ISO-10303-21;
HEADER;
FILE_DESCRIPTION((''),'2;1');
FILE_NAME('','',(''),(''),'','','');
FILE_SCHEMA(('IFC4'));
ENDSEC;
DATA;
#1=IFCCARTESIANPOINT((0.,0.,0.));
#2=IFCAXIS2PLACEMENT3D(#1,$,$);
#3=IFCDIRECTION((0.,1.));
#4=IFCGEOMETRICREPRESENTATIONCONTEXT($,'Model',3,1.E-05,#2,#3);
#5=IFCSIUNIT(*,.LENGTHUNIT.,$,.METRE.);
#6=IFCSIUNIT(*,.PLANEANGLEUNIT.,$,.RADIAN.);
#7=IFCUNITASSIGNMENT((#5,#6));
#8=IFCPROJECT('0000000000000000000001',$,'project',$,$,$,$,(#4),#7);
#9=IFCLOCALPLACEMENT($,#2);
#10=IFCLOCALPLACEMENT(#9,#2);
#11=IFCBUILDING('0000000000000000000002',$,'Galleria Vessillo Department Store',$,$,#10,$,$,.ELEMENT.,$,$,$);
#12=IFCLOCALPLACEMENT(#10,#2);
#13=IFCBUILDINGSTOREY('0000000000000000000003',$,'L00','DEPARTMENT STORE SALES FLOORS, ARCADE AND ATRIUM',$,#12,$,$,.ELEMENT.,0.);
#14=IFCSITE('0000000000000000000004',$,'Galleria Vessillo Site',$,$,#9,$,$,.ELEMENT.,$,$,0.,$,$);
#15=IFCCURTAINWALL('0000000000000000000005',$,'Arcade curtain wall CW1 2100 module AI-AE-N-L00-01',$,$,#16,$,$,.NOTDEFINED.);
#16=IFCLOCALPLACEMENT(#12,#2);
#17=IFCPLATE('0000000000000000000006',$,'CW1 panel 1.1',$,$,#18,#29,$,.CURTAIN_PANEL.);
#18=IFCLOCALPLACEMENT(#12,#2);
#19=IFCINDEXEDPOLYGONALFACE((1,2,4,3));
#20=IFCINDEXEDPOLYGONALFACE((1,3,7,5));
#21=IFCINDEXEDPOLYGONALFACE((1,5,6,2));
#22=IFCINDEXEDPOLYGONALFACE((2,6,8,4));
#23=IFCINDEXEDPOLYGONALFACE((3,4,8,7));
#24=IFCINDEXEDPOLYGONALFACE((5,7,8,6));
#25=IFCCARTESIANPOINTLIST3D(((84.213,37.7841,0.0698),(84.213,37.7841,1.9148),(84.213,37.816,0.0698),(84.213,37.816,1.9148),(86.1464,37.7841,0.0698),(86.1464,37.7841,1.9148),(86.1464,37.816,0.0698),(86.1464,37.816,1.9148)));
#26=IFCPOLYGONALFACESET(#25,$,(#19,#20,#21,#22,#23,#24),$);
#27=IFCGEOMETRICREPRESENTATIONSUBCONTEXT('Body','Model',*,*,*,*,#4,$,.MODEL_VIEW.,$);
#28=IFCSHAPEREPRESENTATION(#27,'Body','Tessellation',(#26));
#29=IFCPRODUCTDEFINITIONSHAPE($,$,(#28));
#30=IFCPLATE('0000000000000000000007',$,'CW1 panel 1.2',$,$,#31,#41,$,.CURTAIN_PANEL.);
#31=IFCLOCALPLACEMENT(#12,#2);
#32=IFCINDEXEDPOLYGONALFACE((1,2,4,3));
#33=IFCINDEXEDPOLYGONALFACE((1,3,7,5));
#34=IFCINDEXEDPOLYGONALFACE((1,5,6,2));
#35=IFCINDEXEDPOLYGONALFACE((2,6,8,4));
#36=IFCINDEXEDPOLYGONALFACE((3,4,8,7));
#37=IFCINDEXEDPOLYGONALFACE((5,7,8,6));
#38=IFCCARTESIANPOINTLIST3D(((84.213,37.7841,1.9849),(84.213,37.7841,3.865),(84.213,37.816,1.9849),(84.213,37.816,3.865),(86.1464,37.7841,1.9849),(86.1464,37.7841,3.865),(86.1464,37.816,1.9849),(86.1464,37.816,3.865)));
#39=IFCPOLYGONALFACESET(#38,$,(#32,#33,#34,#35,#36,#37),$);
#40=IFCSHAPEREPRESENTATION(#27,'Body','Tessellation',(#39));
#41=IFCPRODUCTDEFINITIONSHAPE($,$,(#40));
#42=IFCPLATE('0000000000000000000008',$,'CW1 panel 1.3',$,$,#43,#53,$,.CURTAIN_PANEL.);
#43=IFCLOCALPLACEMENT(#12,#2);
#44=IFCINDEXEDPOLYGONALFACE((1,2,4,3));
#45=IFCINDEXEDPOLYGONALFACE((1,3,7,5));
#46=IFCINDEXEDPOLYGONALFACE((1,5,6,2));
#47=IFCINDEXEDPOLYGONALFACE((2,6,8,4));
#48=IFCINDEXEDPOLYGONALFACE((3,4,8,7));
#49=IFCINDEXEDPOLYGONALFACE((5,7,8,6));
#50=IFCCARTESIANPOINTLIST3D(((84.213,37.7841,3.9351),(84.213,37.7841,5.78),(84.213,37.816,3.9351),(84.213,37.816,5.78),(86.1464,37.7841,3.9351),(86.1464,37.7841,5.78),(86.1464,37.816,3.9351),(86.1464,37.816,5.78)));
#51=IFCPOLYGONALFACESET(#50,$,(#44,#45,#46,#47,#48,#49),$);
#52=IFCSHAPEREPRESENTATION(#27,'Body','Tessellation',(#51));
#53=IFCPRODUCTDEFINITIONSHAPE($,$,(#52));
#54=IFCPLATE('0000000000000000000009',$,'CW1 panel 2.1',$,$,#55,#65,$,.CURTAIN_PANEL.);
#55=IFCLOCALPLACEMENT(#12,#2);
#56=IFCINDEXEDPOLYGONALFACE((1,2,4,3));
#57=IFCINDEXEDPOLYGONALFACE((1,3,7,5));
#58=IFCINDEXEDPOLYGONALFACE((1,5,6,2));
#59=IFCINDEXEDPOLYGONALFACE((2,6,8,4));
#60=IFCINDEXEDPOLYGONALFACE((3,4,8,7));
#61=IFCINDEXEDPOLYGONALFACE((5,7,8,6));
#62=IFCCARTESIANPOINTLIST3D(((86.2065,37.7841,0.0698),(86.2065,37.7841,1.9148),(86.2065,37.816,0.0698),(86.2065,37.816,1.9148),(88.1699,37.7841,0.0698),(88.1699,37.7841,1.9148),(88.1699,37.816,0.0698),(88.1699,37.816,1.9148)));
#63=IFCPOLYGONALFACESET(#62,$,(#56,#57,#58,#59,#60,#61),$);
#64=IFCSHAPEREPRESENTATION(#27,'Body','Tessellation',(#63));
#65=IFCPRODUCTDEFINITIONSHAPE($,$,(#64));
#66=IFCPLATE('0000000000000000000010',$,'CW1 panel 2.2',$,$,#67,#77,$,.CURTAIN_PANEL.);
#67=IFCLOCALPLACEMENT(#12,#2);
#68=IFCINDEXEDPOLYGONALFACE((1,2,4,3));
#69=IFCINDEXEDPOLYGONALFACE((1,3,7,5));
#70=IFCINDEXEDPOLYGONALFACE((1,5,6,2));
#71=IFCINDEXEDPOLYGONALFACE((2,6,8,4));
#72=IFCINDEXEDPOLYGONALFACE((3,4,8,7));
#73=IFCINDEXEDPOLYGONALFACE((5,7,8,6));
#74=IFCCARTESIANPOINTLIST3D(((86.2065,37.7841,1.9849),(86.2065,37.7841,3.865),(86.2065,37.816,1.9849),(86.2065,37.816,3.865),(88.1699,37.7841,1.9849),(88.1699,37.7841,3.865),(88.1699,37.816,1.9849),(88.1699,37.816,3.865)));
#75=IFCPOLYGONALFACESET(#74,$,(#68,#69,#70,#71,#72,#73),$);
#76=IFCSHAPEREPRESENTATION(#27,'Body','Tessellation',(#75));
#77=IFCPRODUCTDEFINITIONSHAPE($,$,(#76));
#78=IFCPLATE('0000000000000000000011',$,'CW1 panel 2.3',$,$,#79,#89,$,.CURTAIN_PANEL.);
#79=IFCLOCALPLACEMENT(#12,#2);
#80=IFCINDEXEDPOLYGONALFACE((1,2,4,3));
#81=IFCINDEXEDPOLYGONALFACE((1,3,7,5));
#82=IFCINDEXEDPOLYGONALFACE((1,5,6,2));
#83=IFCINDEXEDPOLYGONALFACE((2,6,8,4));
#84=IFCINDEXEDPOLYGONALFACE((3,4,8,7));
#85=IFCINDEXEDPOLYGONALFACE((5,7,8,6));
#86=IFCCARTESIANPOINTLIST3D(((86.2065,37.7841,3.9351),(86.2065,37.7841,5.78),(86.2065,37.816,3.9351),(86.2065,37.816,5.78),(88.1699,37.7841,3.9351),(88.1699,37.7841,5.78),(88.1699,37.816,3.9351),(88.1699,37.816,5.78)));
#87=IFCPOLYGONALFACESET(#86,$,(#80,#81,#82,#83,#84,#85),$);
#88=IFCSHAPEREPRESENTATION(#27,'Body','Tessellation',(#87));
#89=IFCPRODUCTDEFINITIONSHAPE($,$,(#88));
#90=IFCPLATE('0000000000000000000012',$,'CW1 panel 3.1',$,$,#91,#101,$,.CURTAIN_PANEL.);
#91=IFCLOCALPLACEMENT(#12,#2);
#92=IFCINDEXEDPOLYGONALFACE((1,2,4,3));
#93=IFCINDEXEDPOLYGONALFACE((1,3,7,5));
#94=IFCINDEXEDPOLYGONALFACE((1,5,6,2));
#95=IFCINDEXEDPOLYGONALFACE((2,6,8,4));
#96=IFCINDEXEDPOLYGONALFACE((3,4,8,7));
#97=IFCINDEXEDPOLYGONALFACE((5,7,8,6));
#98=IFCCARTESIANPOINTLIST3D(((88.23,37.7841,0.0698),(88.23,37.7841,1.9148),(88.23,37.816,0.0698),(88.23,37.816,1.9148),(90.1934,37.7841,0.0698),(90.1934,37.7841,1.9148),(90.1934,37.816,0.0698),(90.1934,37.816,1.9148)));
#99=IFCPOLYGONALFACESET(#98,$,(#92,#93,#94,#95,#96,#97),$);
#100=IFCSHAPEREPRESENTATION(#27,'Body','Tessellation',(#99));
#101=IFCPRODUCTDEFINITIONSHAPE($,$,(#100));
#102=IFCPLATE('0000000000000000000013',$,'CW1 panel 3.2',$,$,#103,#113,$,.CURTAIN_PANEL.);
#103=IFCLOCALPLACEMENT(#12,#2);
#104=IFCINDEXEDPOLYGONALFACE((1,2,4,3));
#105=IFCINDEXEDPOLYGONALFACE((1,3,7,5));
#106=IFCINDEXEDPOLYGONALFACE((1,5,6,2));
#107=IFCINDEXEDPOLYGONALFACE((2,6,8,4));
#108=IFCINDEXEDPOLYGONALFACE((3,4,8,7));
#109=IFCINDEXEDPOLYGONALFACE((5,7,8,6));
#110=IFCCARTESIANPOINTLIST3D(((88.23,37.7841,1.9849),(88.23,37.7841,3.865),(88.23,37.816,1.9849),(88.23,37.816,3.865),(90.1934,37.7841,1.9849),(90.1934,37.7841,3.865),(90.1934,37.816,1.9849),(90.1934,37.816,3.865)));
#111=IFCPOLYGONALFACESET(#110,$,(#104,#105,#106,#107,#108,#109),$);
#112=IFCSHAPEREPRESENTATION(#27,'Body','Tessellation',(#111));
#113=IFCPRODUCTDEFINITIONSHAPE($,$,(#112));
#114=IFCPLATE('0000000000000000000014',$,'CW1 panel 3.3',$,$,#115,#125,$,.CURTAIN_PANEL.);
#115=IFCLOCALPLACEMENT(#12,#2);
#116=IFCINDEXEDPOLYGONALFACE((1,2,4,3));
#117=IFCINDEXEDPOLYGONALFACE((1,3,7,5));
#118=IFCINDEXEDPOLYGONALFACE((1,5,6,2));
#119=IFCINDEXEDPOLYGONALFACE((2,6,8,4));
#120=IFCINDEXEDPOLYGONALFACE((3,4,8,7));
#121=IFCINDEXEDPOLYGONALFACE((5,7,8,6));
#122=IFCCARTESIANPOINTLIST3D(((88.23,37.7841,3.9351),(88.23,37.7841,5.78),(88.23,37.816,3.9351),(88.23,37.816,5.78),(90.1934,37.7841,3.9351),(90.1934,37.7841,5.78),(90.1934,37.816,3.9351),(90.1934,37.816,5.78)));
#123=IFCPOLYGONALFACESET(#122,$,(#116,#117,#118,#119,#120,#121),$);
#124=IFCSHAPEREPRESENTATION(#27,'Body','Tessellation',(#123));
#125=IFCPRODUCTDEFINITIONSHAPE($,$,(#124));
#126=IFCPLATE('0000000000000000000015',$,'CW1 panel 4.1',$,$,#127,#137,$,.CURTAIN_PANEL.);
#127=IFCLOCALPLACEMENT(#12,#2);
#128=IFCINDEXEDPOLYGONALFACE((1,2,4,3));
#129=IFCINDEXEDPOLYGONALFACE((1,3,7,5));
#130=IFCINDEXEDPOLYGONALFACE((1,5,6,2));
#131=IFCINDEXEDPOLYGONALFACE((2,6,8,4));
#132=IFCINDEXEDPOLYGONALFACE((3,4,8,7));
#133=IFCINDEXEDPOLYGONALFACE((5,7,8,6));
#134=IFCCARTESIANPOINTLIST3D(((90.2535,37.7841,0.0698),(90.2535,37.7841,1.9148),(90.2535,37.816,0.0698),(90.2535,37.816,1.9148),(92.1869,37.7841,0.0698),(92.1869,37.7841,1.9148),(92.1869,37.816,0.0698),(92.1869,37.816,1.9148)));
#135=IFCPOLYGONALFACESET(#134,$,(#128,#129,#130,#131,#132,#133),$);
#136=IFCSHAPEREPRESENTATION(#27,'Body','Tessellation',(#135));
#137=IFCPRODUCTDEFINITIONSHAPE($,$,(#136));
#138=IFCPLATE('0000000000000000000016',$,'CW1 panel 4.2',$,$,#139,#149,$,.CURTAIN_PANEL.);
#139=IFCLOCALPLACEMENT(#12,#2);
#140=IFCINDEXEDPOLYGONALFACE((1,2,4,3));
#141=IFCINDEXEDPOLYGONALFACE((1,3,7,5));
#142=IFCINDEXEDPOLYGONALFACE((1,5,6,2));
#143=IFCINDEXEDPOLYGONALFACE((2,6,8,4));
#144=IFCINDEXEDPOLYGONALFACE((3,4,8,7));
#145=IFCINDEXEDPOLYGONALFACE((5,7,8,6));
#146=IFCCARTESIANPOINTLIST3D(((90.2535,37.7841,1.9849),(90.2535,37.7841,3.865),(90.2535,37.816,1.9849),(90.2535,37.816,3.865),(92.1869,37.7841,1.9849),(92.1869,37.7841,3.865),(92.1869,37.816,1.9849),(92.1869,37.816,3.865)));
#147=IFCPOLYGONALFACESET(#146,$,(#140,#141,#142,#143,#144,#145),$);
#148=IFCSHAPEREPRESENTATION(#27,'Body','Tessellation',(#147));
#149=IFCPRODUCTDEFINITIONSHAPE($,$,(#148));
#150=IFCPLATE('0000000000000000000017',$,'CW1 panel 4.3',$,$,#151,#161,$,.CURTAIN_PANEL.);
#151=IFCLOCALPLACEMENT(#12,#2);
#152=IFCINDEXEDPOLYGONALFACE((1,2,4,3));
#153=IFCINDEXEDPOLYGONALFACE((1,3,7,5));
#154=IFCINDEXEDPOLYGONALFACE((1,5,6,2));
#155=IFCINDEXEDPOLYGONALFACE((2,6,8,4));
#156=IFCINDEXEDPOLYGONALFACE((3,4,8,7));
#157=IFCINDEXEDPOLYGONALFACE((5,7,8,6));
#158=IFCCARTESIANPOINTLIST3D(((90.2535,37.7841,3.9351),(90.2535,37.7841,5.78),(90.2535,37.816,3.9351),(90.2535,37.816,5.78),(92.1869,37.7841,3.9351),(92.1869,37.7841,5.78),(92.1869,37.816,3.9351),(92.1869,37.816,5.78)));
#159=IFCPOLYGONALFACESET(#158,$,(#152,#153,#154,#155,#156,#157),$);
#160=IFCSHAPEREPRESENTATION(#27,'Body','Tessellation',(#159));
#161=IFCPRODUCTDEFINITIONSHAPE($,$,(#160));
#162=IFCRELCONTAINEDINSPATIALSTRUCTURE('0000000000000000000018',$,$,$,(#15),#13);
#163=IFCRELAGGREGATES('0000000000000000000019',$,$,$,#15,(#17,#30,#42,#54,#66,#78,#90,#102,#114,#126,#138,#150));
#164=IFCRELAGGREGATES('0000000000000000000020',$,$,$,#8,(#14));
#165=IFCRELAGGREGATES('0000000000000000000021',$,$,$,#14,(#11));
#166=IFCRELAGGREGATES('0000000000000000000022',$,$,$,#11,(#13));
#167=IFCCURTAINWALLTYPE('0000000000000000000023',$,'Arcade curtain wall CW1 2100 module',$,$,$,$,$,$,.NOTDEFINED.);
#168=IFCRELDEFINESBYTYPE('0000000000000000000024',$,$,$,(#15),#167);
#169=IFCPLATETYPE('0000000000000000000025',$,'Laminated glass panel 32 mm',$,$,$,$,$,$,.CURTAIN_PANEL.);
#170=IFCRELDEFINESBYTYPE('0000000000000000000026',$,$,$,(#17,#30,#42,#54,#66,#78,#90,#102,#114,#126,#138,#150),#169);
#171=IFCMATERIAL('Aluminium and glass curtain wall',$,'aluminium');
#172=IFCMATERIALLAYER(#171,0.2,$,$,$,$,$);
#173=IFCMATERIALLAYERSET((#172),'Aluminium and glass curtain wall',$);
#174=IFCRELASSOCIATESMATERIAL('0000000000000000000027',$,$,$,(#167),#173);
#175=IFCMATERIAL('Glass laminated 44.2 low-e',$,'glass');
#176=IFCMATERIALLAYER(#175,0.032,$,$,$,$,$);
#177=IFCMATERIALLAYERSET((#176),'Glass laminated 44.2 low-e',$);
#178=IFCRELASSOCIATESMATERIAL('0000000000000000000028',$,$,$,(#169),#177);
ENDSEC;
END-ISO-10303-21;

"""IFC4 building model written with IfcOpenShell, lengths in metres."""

from ifc_helpers import new_model, si_unit, direction, frame, origin, origin_2d, place, context, subcontext, project, spatial, rectangle, extrude, material, layer, layer_set, type_object, element, aggregate, save


model = new_model("IFC4")

# Units and contexts
model_context = context("Model", 3, precision=1e-05, world=origin(), true_north=direction((0.0, 1.0)))
body_context = subcontext(model_context, "Body", "Model", "MODEL_VIEW")
ifc_project = project(units=[si_unit("LENGTHUNIT", "METRE"), si_unit("PLANEANGLEUNIT", "RADIAN")], contexts=[model_context])

# Site, building, storey
site_placement = place(None, origin())
site = spatial("IfcSite", under=ifc_project, at=site_placement, Name="Galleria Vessillo Site", CompositionType="ELEMENT", RefElevation=0.0)
building_placement = place(site_placement, origin())
building = spatial("IfcBuilding", under=site, at=building_placement, Name="Galleria Vessillo Department Store", CompositionType="ELEMENT")
storey_placement = place(building_placement, origin())
storey = spatial("IfcBuildingStorey", under=building, at=storey_placement, Name="L00", Description="DEPARTMENT STORE SALES FLOORS, ARCADE AND ATRIUM", CompositionType="ELEMENT", Elevation=0.0)

# Curtain wall
ifc_material_1 = material(Name="Aluminium and glass curtain wall", Category="aluminium")
ifc_layer_1 = layer(ifc_material_1, 0.2)
ifc_layer_set_1 = layer_set([ifc_layer_1], Name="Aluminium and glass curtain wall")
curtain_wall_type = type_object("IfcCurtainWallType", Name="Arcade curtain wall CW1 2100 module", PredefinedType="NOTDEFINED", material=ifc_layer_set_1)
curtain_wall_placement = place(storey_placement, origin())
curtain_wall = element("IfcCurtainWall", 1, at=curtain_wall_placement, inside=storey, type_object=curtain_wall_type, Name="Arcade curtain wall CW1 2100 module AI-AE-N-L00-01", PredefinedType="NOTDEFINED")

# Plates
ifc_material_2 = material(Name="Glass laminated 44.2 low-e", Category="glass")
ifc_layer_2 = layer(ifc_material_2, 0.032)
ifc_layer_set_2 = layer_set([ifc_layer_2], Name="Glass laminated 44.2 low-e")
plate_type = type_object("IfcPlateType", Name="Laminated glass panel 32 mm", PredefinedType="CURTAIN_PANEL", material=ifc_layer_set_2)
plate_1_placement = place(storey_placement, frame((85.1797, 37.8, 0.0698), z_axis=(0.0, 0.0, 1.0), x_axis=(1.0, 0.0, 0.0)))
plate_1 = element("IfcPlate", 2, at=plate_1_placement, type_object=plate_type, Name="CW1 panel 1.1", PredefinedType="CURTAIN_PANEL", context=body_context, shape_type="SweptSolid", body=[
    extrude(rectangle(XDim=1.9333, YDim=0.032, at=origin_2d()), origin(), (0.0, 0.0, 1.0), 1.845),
])
plate_2_placement = place(storey_placement, frame((85.1797, 37.8, 1.9849), z_axis=(0.0, 0.0, 1.0), x_axis=(1.0, 0.0, 0.0)))
plate_2 = element("IfcPlate", 3, at=plate_2_placement, type_object=plate_type, Name="CW1 panel 1.2", PredefinedType="CURTAIN_PANEL", context=body_context, shape_type="SweptSolid", body=[
    extrude(rectangle(XDim=1.9333, YDim=0.032, at=origin_2d()), origin(), (0.0, 0.0, 1.0), 1.8801),
])
plate_3_placement = place(storey_placement, frame((85.1797, 37.8, 3.9351), z_axis=(0.0, 0.0, 1.0), x_axis=(1.0, 0.0, 0.0)))
plate_3 = element("IfcPlate", 4, at=plate_3_placement, type_object=plate_type, Name="CW1 panel 1.3", PredefinedType="CURTAIN_PANEL", context=body_context, shape_type="SweptSolid", body=[
    extrude(rectangle(XDim=1.9333, YDim=0.032, at=origin_2d()), origin(), (0.0, 0.0, 1.0), 1.845),
])
plate_4_placement = place(storey_placement, frame((87.1882, 37.8, 0.0698), z_axis=(0.0, 0.0, 1.0), x_axis=(1.0, 0.0, 0.0)))
plate_4 = element("IfcPlate", 5, at=plate_4_placement, type_object=plate_type, Name="CW1 panel 2.1", PredefinedType="CURTAIN_PANEL", context=body_context, shape_type="SweptSolid", body=[
    extrude(rectangle(XDim=1.9634, YDim=0.032, at=origin_2d()), origin(), (0.0, 0.0, 1.0), 1.845),
])
plate_5_placement = place(storey_placement, frame((87.1882, 37.8, 1.9849), z_axis=(0.0, 0.0, 1.0), x_axis=(1.0, 0.0, 0.0)))
plate_5 = element("IfcPlate", 6, at=plate_5_placement, type_object=plate_type, Name="CW1 panel 2.2", PredefinedType="CURTAIN_PANEL", context=body_context, shape_type="SweptSolid", body=[
    extrude(rectangle(XDim=1.9634, YDim=0.032, at=origin_2d()), origin(), (0.0, 0.0, 1.0), 1.8801),
])
plate_6_placement = place(storey_placement, frame((87.1882, 37.8, 3.9351), z_axis=(0.0, 0.0, 1.0), x_axis=(1.0, 0.0, 0.0)))
plate_6 = element("IfcPlate", 7, at=plate_6_placement, type_object=plate_type, Name="CW1 panel 2.3", PredefinedType="CURTAIN_PANEL", context=body_context, shape_type="SweptSolid", body=[
    extrude(rectangle(XDim=1.9634, YDim=0.032, at=origin_2d()), origin(), (0.0, 0.0, 1.0), 1.845),
])
plate_7_placement = place(storey_placement, frame((89.2117, 37.8, 0.0698), z_axis=(0.0, 0.0, 1.0), x_axis=(1.0, 0.0, 0.0)))
plate_7 = element("IfcPlate", 8, at=plate_7_placement, type_object=plate_type, Name="CW1 panel 3.1", PredefinedType="CURTAIN_PANEL", context=body_context, shape_type="SweptSolid", body=[
    extrude(rectangle(XDim=1.9634, YDim=0.032, at=origin_2d()), origin(), (0.0, 0.0, 1.0), 1.845),
])
plate_8_placement = place(storey_placement, frame((89.2117, 37.8, 1.9849), z_axis=(0.0, 0.0, 1.0), x_axis=(1.0, 0.0, 0.0)))
plate_8 = element("IfcPlate", 9, at=plate_8_placement, type_object=plate_type, Name="CW1 panel 3.2", PredefinedType="CURTAIN_PANEL", context=body_context, shape_type="SweptSolid", body=[
    extrude(rectangle(XDim=1.9634, YDim=0.032, at=origin_2d()), origin(), (0.0, 0.0, 1.0), 1.8801),
])
plate_9_placement = place(storey_placement, frame((89.2117, 37.8, 3.9351), z_axis=(0.0, 0.0, 1.0), x_axis=(1.0, 0.0, 0.0)))
plate_9 = element("IfcPlate", 10, at=plate_9_placement, type_object=plate_type, Name="CW1 panel 3.3", PredefinedType="CURTAIN_PANEL", context=body_context, shape_type="SweptSolid", body=[
    extrude(rectangle(XDim=1.9634, YDim=0.032, at=origin_2d()), origin(), (0.0, 0.0, 1.0), 1.845),
])
plate_10_placement = place(storey_placement, frame((91.2202, 37.8, 0.0698), z_axis=(0.0, 0.0, 1.0), x_axis=(1.0, 0.0, 0.0)))
plate_10 = element("IfcPlate", 11, at=plate_10_placement, type_object=plate_type, Name="CW1 panel 4.1", PredefinedType="CURTAIN_PANEL", context=body_context, shape_type="SweptSolid", body=[
    extrude(rectangle(XDim=1.9333, YDim=0.032, at=origin_2d()), origin(), (0.0, 0.0, 1.0), 1.845),
])
plate_11_placement = place(storey_placement, frame((91.2202, 37.8, 1.9849), z_axis=(0.0, 0.0, 1.0), x_axis=(1.0, 0.0, 0.0)))
plate_11 = element("IfcPlate", 12, at=plate_11_placement, type_object=plate_type, Name="CW1 panel 4.2", PredefinedType="CURTAIN_PANEL", context=body_context, shape_type="SweptSolid", body=[
    extrude(rectangle(XDim=1.9333, YDim=0.032, at=origin_2d()), origin(), (0.0, 0.0, 1.0), 1.8801),
])
plate_12_placement = place(storey_placement, frame((91.2202, 37.8, 3.9351), z_axis=(0.0, 0.0, 1.0), x_axis=(1.0, 0.0, 0.0)))
plate_12 = element("IfcPlate", 13, at=plate_12_placement, type_object=plate_type, Name="CW1 panel 4.3", PredefinedType="CURTAIN_PANEL", context=body_context, shape_type="SweptSolid", body=[
    extrude(rectangle(XDim=1.9333, YDim=0.032, at=origin_2d()), origin(), (0.0, 0.0, 1.0), 1.845),
])
aggregate(curtain_wall, [plate_1, plate_2, plate_3, plate_4, plate_5, plate_6, plate_7, plate_8, plate_9, plate_10, plate_11, plate_12])

save(model, "model.ifc")
